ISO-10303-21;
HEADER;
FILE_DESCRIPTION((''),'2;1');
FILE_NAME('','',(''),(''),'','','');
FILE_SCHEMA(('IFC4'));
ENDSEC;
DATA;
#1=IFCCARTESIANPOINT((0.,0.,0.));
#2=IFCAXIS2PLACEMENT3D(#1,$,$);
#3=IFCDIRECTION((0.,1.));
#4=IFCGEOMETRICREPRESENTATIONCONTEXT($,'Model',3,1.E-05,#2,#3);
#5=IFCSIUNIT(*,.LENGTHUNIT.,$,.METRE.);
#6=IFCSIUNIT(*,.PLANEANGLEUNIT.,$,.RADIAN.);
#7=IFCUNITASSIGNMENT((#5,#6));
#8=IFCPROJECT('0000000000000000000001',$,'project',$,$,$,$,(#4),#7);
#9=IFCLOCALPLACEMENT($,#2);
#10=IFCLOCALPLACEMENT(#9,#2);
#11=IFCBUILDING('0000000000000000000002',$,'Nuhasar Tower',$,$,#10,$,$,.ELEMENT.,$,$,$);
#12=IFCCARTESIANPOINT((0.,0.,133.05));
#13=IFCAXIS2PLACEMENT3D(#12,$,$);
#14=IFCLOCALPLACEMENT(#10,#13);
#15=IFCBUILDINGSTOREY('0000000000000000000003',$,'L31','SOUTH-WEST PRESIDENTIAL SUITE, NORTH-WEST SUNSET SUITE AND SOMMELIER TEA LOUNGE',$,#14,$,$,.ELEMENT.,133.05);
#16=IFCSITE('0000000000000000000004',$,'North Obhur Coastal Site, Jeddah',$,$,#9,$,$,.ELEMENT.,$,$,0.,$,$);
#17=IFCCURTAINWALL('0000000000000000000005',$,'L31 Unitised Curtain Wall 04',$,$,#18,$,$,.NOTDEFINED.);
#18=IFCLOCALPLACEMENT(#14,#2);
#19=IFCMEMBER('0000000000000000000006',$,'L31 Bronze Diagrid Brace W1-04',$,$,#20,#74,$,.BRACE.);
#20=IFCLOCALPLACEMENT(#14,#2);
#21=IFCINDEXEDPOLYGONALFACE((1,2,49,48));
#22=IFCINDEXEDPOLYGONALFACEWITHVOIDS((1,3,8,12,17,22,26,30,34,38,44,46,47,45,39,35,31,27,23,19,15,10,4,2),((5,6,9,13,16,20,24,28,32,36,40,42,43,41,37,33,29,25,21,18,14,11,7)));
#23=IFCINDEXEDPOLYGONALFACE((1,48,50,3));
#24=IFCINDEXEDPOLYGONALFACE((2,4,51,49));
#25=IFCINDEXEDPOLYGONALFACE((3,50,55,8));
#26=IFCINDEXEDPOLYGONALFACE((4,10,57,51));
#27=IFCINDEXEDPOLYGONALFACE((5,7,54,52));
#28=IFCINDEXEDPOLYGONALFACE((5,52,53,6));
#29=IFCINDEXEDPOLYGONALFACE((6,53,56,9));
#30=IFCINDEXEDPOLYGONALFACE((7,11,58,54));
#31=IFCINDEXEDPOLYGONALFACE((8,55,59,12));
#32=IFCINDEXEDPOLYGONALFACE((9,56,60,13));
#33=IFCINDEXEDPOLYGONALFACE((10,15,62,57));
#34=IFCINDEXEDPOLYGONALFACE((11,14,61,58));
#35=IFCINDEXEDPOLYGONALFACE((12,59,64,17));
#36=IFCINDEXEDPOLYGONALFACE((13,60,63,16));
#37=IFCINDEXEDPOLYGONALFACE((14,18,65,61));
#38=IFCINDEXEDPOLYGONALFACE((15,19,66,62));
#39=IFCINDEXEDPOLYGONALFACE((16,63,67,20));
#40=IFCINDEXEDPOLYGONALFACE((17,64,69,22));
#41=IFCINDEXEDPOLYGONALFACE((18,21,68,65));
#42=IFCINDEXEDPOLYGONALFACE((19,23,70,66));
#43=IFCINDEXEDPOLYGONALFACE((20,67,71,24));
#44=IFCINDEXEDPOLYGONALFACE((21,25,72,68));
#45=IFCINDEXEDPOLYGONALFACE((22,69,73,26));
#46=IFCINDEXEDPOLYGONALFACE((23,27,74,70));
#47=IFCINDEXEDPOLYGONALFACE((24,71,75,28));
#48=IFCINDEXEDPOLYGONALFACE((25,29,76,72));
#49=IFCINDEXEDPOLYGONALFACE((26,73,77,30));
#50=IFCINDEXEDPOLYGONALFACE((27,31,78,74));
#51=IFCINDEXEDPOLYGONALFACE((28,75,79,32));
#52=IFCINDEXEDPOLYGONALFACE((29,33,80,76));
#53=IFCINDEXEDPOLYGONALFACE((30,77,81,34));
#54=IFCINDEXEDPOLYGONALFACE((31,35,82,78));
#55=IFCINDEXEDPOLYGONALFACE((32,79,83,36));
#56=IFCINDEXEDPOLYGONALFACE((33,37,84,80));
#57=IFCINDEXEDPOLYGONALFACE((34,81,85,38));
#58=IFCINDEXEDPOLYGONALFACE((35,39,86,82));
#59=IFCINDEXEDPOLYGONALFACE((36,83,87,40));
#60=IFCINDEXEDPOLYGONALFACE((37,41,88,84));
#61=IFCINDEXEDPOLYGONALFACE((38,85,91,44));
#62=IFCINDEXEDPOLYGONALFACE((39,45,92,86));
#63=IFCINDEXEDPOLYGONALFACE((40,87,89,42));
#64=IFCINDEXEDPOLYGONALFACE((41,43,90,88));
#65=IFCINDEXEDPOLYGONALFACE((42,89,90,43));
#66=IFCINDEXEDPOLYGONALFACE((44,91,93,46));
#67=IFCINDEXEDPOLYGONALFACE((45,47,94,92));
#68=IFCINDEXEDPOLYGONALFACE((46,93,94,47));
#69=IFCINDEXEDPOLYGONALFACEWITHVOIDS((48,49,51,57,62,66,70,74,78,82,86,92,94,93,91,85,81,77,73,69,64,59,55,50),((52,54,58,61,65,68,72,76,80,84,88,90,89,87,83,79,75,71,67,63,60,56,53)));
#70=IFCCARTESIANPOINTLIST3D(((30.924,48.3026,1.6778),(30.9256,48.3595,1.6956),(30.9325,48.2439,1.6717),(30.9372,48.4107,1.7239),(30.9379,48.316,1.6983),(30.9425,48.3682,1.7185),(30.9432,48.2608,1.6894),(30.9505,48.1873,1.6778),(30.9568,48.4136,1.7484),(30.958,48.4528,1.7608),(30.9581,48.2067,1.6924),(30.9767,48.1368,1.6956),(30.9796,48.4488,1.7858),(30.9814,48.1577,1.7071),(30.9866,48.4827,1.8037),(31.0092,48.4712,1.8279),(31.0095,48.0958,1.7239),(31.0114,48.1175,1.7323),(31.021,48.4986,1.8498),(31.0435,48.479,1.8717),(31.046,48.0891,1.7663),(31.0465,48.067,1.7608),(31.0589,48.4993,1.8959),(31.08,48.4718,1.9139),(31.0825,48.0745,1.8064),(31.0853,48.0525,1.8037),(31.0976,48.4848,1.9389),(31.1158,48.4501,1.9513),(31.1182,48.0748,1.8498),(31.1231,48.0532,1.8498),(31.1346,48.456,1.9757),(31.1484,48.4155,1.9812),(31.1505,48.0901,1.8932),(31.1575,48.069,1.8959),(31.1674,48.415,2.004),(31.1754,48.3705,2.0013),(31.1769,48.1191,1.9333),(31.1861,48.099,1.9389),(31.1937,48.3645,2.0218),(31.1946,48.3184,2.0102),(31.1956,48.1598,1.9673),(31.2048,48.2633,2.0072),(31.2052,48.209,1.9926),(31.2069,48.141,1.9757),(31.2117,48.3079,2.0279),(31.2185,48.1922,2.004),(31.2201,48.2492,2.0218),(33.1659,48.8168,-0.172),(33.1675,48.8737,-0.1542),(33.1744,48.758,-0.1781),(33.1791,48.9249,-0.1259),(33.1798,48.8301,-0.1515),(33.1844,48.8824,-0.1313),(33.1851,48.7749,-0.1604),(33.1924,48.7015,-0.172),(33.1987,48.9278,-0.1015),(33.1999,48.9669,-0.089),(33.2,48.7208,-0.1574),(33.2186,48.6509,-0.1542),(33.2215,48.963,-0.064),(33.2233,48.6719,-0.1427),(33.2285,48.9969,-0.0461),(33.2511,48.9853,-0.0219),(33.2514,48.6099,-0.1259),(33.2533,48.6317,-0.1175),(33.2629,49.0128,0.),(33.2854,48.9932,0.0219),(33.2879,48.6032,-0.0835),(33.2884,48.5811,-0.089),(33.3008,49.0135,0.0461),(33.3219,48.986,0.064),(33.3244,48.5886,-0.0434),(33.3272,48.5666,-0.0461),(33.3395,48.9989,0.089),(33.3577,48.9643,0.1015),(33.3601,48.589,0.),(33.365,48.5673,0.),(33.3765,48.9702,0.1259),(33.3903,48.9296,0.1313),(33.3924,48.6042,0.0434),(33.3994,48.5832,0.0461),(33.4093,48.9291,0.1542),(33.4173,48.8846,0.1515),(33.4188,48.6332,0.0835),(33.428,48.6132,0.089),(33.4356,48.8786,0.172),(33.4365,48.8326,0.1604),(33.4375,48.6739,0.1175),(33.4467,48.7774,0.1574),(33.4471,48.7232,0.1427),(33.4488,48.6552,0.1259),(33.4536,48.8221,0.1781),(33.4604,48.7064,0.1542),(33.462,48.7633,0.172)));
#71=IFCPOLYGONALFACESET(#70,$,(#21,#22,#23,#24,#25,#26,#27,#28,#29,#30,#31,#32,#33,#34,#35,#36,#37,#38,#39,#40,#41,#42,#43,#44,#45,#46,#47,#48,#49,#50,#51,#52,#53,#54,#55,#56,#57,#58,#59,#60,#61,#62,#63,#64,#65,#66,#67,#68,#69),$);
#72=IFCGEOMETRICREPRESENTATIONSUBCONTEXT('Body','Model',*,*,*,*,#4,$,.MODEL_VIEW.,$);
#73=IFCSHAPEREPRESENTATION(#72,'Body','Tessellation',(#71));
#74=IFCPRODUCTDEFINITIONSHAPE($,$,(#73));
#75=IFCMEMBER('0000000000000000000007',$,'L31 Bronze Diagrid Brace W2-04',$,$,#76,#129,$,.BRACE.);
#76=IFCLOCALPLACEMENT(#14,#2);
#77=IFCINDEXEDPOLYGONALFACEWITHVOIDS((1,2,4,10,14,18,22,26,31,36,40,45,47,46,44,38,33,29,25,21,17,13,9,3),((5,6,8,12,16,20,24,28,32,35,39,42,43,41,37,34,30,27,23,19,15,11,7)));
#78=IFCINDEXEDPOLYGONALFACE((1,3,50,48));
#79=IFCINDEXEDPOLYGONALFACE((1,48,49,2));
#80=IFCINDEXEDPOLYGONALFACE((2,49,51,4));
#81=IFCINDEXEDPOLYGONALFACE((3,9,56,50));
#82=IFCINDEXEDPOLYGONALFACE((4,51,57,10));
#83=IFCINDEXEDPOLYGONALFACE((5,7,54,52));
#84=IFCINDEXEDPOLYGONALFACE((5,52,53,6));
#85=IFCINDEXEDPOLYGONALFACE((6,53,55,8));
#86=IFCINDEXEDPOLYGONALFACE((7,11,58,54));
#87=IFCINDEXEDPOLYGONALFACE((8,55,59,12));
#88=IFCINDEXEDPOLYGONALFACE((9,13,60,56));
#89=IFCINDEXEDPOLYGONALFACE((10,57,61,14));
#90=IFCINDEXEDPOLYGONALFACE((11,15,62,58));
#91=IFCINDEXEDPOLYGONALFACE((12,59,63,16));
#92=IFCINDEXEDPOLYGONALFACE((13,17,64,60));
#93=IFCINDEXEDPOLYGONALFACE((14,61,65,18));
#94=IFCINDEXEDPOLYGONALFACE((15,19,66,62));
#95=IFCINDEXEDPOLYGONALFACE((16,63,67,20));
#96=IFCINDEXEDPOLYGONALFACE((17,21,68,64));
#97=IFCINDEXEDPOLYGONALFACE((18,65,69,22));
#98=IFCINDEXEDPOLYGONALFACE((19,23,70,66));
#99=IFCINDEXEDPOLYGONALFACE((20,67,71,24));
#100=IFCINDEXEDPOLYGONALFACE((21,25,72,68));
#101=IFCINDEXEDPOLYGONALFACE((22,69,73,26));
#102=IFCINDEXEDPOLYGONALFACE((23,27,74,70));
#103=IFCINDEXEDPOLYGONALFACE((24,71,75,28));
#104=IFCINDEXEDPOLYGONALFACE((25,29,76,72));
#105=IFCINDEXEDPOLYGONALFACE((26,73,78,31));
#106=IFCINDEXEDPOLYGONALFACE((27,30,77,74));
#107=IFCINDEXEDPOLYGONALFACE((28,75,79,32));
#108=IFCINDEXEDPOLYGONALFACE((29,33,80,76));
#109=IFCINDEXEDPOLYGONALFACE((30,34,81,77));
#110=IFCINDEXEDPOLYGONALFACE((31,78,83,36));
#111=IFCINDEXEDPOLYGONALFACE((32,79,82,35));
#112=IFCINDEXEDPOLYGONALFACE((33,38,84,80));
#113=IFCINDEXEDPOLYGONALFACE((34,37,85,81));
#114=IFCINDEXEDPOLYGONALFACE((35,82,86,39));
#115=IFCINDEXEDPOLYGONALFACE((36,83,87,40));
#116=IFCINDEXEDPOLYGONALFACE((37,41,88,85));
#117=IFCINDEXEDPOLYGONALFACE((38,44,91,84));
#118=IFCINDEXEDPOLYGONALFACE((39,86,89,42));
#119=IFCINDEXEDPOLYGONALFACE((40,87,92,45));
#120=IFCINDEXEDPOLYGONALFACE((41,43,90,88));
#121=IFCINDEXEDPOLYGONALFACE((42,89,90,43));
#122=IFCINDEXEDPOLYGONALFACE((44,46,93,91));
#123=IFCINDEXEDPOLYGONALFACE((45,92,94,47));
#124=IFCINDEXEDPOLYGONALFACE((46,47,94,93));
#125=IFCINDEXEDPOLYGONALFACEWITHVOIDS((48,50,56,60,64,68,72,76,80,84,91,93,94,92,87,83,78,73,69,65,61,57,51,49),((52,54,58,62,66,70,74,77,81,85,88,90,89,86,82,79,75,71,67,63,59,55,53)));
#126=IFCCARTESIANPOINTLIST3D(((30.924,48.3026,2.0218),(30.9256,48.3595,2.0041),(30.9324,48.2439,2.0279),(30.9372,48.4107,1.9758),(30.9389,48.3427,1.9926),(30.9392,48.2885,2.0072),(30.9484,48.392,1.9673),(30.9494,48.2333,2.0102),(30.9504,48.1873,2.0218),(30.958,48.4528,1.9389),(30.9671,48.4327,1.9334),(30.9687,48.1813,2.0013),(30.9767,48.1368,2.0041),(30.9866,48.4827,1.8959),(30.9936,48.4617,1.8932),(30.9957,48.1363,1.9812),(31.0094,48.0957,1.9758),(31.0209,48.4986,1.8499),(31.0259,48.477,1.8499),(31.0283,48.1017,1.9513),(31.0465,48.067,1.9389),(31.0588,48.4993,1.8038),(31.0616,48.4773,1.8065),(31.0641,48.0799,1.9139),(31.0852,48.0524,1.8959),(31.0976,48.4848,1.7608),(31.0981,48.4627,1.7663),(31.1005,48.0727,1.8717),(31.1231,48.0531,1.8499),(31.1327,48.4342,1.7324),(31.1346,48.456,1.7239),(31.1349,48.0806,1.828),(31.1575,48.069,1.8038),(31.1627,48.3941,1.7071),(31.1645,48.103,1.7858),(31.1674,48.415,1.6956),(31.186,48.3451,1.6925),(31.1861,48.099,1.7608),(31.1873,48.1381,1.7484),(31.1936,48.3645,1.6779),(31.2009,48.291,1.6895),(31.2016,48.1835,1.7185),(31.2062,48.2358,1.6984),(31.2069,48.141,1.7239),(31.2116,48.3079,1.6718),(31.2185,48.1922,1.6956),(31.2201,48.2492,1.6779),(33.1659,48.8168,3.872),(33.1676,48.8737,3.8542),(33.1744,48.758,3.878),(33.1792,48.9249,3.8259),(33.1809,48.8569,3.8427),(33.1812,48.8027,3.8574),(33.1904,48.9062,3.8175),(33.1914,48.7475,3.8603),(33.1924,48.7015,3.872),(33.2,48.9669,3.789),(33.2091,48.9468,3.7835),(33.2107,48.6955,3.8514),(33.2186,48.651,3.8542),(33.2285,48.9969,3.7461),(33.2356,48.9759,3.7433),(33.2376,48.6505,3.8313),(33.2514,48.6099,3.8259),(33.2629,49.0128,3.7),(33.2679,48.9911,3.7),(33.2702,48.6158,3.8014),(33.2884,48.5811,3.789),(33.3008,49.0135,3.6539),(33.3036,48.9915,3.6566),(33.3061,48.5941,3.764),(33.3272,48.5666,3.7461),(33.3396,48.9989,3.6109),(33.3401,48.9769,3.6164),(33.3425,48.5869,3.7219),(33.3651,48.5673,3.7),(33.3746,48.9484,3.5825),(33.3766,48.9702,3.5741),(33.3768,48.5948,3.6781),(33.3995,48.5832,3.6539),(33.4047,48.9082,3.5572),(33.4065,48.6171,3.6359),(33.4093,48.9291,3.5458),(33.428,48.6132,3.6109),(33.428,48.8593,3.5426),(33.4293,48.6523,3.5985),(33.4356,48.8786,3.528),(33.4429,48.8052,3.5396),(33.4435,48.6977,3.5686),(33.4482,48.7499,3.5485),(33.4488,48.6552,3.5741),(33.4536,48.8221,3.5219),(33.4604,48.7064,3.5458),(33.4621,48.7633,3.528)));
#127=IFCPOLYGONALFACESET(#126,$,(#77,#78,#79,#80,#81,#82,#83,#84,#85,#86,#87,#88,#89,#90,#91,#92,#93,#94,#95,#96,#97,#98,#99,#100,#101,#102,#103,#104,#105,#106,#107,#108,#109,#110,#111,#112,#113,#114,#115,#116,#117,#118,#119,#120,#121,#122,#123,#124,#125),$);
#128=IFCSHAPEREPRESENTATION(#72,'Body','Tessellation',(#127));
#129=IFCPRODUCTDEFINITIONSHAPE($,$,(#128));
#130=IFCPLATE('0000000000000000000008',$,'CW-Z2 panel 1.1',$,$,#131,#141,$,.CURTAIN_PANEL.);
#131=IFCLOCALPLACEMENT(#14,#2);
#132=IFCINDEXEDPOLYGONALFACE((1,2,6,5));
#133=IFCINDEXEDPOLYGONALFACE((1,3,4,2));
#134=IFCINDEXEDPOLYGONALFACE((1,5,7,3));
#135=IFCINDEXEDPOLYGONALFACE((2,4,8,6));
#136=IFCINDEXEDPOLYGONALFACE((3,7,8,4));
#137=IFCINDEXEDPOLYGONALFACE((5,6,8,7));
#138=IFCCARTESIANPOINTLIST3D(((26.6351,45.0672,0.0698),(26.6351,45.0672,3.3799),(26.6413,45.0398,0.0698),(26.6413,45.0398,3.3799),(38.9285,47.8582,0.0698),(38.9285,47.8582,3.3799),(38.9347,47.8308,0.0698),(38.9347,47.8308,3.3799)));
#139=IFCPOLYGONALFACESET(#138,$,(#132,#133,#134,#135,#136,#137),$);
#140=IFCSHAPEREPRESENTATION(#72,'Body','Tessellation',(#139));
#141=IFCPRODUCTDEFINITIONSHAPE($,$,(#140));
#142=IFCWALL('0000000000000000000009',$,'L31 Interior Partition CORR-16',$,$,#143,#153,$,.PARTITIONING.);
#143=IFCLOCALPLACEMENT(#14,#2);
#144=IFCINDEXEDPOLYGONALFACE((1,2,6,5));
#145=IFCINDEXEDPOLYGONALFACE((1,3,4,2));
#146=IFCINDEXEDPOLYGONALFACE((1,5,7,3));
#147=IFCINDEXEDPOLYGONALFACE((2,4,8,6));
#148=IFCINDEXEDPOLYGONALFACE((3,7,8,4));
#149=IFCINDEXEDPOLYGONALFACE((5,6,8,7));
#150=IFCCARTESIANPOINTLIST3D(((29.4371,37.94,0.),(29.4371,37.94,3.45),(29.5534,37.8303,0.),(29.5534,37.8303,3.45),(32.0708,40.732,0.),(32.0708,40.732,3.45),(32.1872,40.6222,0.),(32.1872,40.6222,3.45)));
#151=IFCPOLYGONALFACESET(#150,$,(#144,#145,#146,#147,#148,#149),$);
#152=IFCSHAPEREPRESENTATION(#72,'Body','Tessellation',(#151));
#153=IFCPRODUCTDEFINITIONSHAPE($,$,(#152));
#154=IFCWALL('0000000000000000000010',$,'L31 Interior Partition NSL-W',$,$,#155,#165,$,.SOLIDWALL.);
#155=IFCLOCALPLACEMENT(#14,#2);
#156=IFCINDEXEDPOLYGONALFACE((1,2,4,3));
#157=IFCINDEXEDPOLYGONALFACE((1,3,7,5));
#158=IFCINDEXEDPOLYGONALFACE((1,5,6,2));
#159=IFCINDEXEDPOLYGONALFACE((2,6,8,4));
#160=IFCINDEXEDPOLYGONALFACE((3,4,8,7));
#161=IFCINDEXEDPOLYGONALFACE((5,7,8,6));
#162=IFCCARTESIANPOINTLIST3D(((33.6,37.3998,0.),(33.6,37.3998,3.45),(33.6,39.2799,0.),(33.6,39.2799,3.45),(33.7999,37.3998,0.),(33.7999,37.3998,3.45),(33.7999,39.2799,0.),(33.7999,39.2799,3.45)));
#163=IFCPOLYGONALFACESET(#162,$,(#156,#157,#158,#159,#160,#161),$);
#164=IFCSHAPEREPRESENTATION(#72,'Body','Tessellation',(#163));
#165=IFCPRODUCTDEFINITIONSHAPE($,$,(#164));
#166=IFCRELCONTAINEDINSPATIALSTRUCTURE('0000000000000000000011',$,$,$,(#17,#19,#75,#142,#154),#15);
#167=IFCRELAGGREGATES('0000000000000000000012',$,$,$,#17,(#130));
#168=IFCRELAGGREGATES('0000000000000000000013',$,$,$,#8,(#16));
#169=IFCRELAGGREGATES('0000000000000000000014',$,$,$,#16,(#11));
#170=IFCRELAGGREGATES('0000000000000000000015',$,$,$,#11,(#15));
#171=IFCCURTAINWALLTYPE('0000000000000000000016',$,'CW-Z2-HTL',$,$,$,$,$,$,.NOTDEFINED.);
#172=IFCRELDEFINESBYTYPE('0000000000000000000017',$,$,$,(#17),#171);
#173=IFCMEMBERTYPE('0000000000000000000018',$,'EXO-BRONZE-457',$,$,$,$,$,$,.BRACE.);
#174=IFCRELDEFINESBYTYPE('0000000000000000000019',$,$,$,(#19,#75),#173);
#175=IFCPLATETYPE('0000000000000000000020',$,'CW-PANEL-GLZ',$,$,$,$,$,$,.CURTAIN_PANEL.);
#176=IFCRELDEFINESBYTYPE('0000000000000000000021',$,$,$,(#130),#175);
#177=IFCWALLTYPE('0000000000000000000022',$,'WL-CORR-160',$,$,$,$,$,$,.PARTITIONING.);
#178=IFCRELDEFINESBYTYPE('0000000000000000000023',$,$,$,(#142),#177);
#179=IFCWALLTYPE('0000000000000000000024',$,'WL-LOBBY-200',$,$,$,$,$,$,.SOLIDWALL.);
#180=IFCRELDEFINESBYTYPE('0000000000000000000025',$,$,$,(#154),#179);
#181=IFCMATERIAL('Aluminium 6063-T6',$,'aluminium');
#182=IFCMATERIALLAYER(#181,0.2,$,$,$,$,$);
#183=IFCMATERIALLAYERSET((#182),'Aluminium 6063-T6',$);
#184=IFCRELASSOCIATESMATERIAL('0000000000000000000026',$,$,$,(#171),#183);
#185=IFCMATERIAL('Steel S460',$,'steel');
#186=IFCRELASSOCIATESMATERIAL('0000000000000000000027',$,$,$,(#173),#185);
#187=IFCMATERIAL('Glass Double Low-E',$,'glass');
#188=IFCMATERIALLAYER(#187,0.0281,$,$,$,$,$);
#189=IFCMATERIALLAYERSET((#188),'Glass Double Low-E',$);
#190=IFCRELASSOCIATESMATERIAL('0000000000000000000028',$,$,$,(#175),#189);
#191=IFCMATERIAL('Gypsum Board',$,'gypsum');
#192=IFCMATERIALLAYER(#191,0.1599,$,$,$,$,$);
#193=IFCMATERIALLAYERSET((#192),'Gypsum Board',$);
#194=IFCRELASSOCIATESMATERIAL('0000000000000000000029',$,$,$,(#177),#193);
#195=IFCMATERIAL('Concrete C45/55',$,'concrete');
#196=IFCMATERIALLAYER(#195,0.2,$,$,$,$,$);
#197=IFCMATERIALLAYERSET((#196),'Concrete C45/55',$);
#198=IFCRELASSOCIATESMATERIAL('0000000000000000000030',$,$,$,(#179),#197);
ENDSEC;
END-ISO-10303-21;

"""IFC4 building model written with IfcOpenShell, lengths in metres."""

from ifc_helpers import new_model, si_unit, direction, frame, frame_2d, origin, origin_2d, place, context, subcontext, project, spatial, rectangle, hollow_circle, extrude, material, layer, layer_set, material_profile, profile_set, type_object, element, aggregate, save


model = new_model("IFC4")

# Units and contexts
model_context = context("Model", 3, precision=1e-05, world=origin(), true_north=direction((0.0, 1.0)))
body_context = subcontext(model_context, "Body", "Model", "MODEL_VIEW")
ifc_project = project(units=[si_unit("LENGTHUNIT", "METRE"), si_unit("PLANEANGLEUNIT", "RADIAN")], contexts=[model_context])

# Site, building, storey
site_placement = place(None, origin())
site = spatial("IfcSite", under=ifc_project, at=site_placement, Name="North Obhur Coastal Site, Jeddah", CompositionType="ELEMENT", RefElevation=0.0)
building_placement = place(site_placement, origin())
building = spatial("IfcBuilding", under=site, at=building_placement, Name="Nuhasar Tower", CompositionType="ELEMENT")
storey_placement = place(building_placement, frame((0.0, 0.0, 133.05)))
storey = spatial("IfcBuildingStorey", under=building, at=storey_placement, Name="L31", Description="SOUTH-WEST PRESIDENTIAL SUITE, NORTH-WEST SUNSET SUITE AND SOMMELIER TEA LOUNGE", CompositionType="ELEMENT", Elevation=133.05)

# Curtain wall
ifc_material_1 = material(Name="Aluminium 6063-T6", Category="aluminium")
ifc_layer_1 = layer(ifc_material_1, 0.2)
ifc_layer_set_1 = layer_set([ifc_layer_1], Name="Aluminium 6063-T6")
curtain_wall_type = type_object("IfcCurtainWallType", Name="CW-Z2-HTL", PredefinedType="NOTDEFINED", material=ifc_layer_set_1)
curtain_wall_placement = place(storey_placement, origin())
curtain_wall = element("IfcCurtainWall", 1, at=curtain_wall_placement, inside=storey, type_object=curtain_wall_type, Name="L31 Unitised Curtain Wall 04", PredefinedType="NOTDEFINED")

# Members
ifc_material_2 = material(Name="Steel S460", Category="steel")
ifc_material_profile_1 = material_profile(ifc_material_2, hollow_circle(Radius=0.2285, WallThickness=0.0222, at=origin_2d()), Name="HSS457X22.2")
ifc_profile_set_1 = profile_set([ifc_material_profile_1], Name="Steel S460")
member_type_1 = type_object("IfcMemberType", Name="EXO-BRONZE-457", PredefinedType="BRACE", material=ifc_profile_set_1)
member_1_placement = place(storey_placement, frame((33.314, 48.79, 0.0), z_axis=(-0.759539, -0.17419, 0.626704), x_axis=(0.223534, -0.974696, 0.0)))
element("IfcMember", 2, at=member_1_placement, inside=storey, type_object=member_type_1, Name="L31 Bronze Diagrid Brace W1-04", PredefinedType="BRACE", context=body_context, shape_type="SweptSolid", body=[
    extrude(hollow_circle(Radius=0.2285, WallThickness=0.0222, at=origin_2d()), origin(), (0.0, 0.0, 1.0), 2.9517),
])
member_2_placement = place(storey_placement, frame((31.072, 48.2759, 1.8499), z_axis=(0.7595, 0.174181, 0.626755), x_axis=(-0.223534, 0.974696, 0.0)))
element("IfcMember", 3, at=member_2_placement, inside=storey, type_object=member_type_1, Name="L31 Bronze Diagrid Brace W2-04", PredefinedType="BRACE", context=body_context, shape_type="SweptSolid", body=[
    extrude(hollow_circle(Radius=0.2285, WallThickness=0.0222, at=origin_2d()), origin(), (0.0, 0.0, 1.0), 2.9519),
])

# Plate
ifc_material_3 = material(Name="Glass Double Low-E", Category="glass")
ifc_layer_2 = layer(ifc_material_3, 0.0281)
ifc_layer_set_2 = layer_set([ifc_layer_2], Name="Glass Double Low-E")
plate_type = type_object("IfcPlateType", Name="CW-PANEL-GLZ", PredefinedType="CURTAIN_PANEL", material=ifc_layer_set_2)
plate_placement = place(storey_placement, frame((32.7849, 46.449, 0.0698), z_axis=(0.0, 0.0, 1.0), x_axis=(-0.975184, -0.221397, 0.0)))
plate = element("IfcPlate", 4, at=plate_placement, type_object=plate_type, Name="CW-Z2 panel 1.1", PredefinedType="CURTAIN_PANEL", context=body_context, shape_type="SweptSolid", body=[
    extrude(rectangle(XDim=12.6062, YDim=0.0281, at=origin_2d()), origin(), (0.0, 0.0, 1.0), 3.3101),
])
aggregate(curtain_wall, [plate])

# Shared definitions
ifc_material_4 = material(Name="Gypsum Board", Category="gypsum")
ifc_layer_3 = layer(ifc_material_4, 0.1599)
ifc_layer_set_3 = layer_set([ifc_layer_3], Name="Gypsum Board")
wall_type_1 = type_object("IfcWallType", Name="WL-CORR-160", PredefinedType="PARTITIONING", material=ifc_layer_set_3)

# Walls
wall_1_placement = place(storey_placement, frame((32.1289, 40.677, 0.0), z_axis=(0.0, 0.0, 1.0), x_axis=(-0.686198, -0.727415, 0.0)))
element("IfcWall", 5, at=wall_1_placement, inside=storey, type_object=wall_type_1, Name="L31 Interior Partition CORR-16", PredefinedType="PARTITIONING", context=body_context, shape_type="SweptSolid", body=[
    extrude(rectangle(XDim=3.8381, YDim=0.1599, at=frame_2d((1.9189, 0.0))), origin(), (0.0, 0.0, 1.0), 3.45),
])
ifc_material_5 = material(Name="Concrete C45/55", Category="concrete")
ifc_layer_4 = layer(ifc_material_5, 0.2)
ifc_layer_set_4 = layer_set([ifc_layer_4], Name="Concrete C45/55")
wall_type_2 = type_object("IfcWallType", Name="WL-LOBBY-200", PredefinedType="SOLIDWALL", material=ifc_layer_set_4)
wall_2_placement = place(storey_placement, frame((33.7, 37.3999, 0.0), z_axis=(0.0, 0.0, 1.0), x_axis=(0.0, 1.0, 0.0)))
element("IfcWall", 6, at=wall_2_placement, inside=storey, type_object=wall_type_2, Name="L31 Interior Partition NSL-W", PredefinedType="SOLIDWALL", context=body_context, shape_type="SweptSolid", body=[
    extrude(rectangle(XDim=1.8801, YDim=0.2, at=frame_2d((0.9399, 0.0))), origin(), (0.0, 0.0, 1.0), 3.45),
])

save(model, "model.ifc")
